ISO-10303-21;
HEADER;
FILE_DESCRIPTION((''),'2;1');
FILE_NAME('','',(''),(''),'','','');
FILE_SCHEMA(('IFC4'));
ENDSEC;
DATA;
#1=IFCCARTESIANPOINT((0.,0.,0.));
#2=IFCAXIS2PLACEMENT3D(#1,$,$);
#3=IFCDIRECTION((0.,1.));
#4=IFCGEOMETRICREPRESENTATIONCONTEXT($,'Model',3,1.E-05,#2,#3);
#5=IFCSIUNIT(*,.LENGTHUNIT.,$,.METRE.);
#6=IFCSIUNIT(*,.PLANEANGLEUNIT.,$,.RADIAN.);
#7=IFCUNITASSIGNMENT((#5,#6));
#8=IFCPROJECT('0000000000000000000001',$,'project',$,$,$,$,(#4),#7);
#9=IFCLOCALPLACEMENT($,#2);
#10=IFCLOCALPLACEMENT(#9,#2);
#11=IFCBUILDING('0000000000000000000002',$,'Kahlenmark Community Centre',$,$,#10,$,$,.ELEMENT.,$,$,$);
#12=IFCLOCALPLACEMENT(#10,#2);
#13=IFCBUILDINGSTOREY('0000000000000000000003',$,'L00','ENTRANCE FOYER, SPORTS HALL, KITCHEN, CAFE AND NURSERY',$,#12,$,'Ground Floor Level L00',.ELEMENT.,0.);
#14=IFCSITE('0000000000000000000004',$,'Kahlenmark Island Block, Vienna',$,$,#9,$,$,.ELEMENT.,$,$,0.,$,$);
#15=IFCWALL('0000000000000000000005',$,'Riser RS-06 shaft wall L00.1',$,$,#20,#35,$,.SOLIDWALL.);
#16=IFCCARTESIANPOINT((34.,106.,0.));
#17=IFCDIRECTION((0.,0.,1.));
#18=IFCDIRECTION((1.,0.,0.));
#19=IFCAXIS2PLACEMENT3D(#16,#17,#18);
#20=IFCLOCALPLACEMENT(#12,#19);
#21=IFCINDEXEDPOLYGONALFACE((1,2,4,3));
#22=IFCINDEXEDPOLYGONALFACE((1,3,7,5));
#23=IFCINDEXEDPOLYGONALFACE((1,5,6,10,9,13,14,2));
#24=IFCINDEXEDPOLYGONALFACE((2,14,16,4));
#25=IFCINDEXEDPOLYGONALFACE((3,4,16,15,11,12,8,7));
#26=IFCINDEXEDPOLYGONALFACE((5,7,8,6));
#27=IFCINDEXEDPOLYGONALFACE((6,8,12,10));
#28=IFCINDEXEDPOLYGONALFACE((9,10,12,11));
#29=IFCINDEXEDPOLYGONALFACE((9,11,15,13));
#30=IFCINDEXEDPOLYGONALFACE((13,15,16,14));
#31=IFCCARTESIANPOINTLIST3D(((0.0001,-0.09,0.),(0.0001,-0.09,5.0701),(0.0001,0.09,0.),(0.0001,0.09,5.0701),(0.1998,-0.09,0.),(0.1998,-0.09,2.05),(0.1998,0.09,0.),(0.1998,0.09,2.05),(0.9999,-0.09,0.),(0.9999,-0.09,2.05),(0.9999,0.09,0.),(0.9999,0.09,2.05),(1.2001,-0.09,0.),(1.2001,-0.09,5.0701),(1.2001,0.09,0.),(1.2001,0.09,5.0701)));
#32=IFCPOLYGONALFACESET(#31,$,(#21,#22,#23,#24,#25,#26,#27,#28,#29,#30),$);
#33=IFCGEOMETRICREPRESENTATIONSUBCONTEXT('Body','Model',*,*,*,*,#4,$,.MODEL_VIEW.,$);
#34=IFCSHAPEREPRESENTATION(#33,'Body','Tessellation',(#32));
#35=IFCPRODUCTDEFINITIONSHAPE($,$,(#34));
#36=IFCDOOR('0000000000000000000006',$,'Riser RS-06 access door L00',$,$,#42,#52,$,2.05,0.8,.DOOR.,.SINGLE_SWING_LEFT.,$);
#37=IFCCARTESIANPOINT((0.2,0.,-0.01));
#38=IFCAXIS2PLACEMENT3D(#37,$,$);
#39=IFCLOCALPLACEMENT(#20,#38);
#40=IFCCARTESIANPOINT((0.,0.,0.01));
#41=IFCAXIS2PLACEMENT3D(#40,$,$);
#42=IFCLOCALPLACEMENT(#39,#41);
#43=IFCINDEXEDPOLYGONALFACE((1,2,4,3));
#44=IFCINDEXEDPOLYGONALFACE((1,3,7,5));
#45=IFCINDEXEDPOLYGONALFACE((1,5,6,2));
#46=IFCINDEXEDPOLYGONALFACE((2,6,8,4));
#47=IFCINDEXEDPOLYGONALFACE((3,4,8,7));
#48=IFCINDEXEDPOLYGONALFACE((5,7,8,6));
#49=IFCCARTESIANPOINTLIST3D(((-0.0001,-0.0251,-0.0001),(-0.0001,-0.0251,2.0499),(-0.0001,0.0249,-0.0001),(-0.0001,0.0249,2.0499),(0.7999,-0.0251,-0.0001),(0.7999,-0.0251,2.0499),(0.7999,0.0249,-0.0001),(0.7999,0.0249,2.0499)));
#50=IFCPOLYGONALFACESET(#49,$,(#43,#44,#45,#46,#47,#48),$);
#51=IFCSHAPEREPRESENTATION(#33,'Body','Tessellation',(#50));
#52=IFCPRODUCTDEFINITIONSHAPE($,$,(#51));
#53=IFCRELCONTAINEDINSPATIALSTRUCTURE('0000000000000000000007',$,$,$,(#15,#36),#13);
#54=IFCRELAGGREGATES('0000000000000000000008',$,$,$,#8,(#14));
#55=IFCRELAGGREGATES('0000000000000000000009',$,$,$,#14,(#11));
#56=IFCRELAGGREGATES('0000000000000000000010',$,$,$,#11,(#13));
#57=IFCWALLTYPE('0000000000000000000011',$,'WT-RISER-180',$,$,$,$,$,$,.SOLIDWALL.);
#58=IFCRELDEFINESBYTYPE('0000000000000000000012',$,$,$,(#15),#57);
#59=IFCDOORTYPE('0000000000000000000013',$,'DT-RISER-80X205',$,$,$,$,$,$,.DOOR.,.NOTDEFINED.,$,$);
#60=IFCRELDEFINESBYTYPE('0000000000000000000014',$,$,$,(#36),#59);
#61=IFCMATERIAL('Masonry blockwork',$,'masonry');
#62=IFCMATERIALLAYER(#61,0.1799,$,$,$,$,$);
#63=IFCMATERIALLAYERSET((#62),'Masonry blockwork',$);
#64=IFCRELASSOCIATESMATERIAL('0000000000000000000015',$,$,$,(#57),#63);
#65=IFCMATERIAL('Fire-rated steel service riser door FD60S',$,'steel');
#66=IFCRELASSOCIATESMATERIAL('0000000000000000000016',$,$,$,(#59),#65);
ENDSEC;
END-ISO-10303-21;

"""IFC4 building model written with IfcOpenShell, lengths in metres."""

from ifc_helpers import new_model, si_unit, direction, frame, frame_2d, origin, place, context, subcontext, project, spatial, rectangle, extrude, material, layer, layer_set, type_object, element, fill, save


model = new_model("IFC4")

# Units and contexts
model_context = context("Model", 3, precision=1e-05, world=origin(), true_north=direction((0.0, 1.0)))
body_context = subcontext(model_context, "Body", "Model", "MODEL_VIEW")
ifc_project = project(units=[si_unit("LENGTHUNIT", "METRE"), si_unit("PLANEANGLEUNIT", "RADIAN")], contexts=[model_context])

# Site, building, storey
site_placement = place(None, origin())
site = spatial("IfcSite", under=ifc_project, at=site_placement, Name="Kahlenmark Island Block, Vienna", CompositionType="ELEMENT", RefElevation=0.0)
building_placement = place(site_placement, origin())
building = spatial("IfcBuilding", under=site, at=building_placement, Name="Kahlenmark Community Centre", CompositionType="ELEMENT")
storey_placement = place(building_placement, origin())
storey = spatial("IfcBuildingStorey", under=building, at=storey_placement, Name="L00", Description="ENTRANCE FOYER, SPORTS HALL, KITCHEN, CAFE AND NURSERY", LongName="Ground Floor Level L00", CompositionType="ELEMENT", Elevation=0.0)

# Wall, opening, door
ifc_material_1 = material(Name="Masonry blockwork", Category="masonry")
ifc_layer_1 = layer(ifc_material_1, 0.1799)
ifc_layer_set_1 = layer_set([ifc_layer_1], Name="Masonry blockwork")
wall_type_1 = type_object("IfcWallType", Name="WT-RISER-180", PredefinedType="SOLIDWALL", material=ifc_layer_set_1)
wall_1_placement = place(storey_placement, frame((34.0, 106.0, 0.0), z_axis=(0.0, 0.0, 1.0), x_axis=(1.0, 0.0, 0.0)))
wall_1 = element("IfcWall", 1, at=wall_1_placement, inside=storey, type_object=wall_type_1, Name="Riser RS-06 shaft wall L00.1", PredefinedType="SOLIDWALL", context=body_context, shape_type="SweptSolid", body=[
    extrude(rectangle(XDim=1.2, YDim=0.1799, at=frame_2d((0.6001, 0.0))), origin(), (0.0, 0.0, 1.0), 5.0701),
])
opening_1_placement = place(wall_1_placement, frame((0.2, 0.0, -0.01)))
opening_1 = element("IfcOpeningElement", 2, at=opening_1_placement, cuts=wall_1, PredefinedType="OPENING", context=body_context, shape_type="SweptSolid", body=[
    extrude(rectangle(XDim=0.8, YDim=2.0601, at=frame_2d((0.3999, 1.03))), frame((0.0, 0.0999, 0.0), z_axis=(0.0, -1.0, 0.0), x_axis=(1.0, 0.0, 0.0)), (0.0, 0.0, 1.0), 0.2),
])
ifc_material_2 = material(Name="Fire-rated steel service riser door FD60S", Category="steel")
door_type_1 = type_object("IfcDoorType", Name="DT-RISER-80X205", OperationType="NOTDEFINED", PredefinedType="DOOR", material=ifc_material_2)
door_1_placement = place(opening_1_placement, frame((0.0, 0.0, 0.01)))
door_1 = element("IfcDoor", 3, at=door_1_placement, inside=storey, type_object=door_type_1, Name="Riser RS-06 access door L00", OperationType="SINGLE_SWING_LEFT", OverallHeight=2.05, OverallWidth=0.8, PredefinedType="DOOR", context=body_context, shape_type="SweptSolid", body=[
    extrude(rectangle(XDim=0.8, YDim=2.05, at=frame_2d((0.3999, 1.0249))), frame((0.0, 0.0249, 0.0), z_axis=(0.0, -1.0, 0.0), x_axis=(1.0, 0.0, 0.0)), (0.0, 0.0, 1.0), 0.05),
])
fill(opening_1, door_1)

save(model, "model.ifc")
